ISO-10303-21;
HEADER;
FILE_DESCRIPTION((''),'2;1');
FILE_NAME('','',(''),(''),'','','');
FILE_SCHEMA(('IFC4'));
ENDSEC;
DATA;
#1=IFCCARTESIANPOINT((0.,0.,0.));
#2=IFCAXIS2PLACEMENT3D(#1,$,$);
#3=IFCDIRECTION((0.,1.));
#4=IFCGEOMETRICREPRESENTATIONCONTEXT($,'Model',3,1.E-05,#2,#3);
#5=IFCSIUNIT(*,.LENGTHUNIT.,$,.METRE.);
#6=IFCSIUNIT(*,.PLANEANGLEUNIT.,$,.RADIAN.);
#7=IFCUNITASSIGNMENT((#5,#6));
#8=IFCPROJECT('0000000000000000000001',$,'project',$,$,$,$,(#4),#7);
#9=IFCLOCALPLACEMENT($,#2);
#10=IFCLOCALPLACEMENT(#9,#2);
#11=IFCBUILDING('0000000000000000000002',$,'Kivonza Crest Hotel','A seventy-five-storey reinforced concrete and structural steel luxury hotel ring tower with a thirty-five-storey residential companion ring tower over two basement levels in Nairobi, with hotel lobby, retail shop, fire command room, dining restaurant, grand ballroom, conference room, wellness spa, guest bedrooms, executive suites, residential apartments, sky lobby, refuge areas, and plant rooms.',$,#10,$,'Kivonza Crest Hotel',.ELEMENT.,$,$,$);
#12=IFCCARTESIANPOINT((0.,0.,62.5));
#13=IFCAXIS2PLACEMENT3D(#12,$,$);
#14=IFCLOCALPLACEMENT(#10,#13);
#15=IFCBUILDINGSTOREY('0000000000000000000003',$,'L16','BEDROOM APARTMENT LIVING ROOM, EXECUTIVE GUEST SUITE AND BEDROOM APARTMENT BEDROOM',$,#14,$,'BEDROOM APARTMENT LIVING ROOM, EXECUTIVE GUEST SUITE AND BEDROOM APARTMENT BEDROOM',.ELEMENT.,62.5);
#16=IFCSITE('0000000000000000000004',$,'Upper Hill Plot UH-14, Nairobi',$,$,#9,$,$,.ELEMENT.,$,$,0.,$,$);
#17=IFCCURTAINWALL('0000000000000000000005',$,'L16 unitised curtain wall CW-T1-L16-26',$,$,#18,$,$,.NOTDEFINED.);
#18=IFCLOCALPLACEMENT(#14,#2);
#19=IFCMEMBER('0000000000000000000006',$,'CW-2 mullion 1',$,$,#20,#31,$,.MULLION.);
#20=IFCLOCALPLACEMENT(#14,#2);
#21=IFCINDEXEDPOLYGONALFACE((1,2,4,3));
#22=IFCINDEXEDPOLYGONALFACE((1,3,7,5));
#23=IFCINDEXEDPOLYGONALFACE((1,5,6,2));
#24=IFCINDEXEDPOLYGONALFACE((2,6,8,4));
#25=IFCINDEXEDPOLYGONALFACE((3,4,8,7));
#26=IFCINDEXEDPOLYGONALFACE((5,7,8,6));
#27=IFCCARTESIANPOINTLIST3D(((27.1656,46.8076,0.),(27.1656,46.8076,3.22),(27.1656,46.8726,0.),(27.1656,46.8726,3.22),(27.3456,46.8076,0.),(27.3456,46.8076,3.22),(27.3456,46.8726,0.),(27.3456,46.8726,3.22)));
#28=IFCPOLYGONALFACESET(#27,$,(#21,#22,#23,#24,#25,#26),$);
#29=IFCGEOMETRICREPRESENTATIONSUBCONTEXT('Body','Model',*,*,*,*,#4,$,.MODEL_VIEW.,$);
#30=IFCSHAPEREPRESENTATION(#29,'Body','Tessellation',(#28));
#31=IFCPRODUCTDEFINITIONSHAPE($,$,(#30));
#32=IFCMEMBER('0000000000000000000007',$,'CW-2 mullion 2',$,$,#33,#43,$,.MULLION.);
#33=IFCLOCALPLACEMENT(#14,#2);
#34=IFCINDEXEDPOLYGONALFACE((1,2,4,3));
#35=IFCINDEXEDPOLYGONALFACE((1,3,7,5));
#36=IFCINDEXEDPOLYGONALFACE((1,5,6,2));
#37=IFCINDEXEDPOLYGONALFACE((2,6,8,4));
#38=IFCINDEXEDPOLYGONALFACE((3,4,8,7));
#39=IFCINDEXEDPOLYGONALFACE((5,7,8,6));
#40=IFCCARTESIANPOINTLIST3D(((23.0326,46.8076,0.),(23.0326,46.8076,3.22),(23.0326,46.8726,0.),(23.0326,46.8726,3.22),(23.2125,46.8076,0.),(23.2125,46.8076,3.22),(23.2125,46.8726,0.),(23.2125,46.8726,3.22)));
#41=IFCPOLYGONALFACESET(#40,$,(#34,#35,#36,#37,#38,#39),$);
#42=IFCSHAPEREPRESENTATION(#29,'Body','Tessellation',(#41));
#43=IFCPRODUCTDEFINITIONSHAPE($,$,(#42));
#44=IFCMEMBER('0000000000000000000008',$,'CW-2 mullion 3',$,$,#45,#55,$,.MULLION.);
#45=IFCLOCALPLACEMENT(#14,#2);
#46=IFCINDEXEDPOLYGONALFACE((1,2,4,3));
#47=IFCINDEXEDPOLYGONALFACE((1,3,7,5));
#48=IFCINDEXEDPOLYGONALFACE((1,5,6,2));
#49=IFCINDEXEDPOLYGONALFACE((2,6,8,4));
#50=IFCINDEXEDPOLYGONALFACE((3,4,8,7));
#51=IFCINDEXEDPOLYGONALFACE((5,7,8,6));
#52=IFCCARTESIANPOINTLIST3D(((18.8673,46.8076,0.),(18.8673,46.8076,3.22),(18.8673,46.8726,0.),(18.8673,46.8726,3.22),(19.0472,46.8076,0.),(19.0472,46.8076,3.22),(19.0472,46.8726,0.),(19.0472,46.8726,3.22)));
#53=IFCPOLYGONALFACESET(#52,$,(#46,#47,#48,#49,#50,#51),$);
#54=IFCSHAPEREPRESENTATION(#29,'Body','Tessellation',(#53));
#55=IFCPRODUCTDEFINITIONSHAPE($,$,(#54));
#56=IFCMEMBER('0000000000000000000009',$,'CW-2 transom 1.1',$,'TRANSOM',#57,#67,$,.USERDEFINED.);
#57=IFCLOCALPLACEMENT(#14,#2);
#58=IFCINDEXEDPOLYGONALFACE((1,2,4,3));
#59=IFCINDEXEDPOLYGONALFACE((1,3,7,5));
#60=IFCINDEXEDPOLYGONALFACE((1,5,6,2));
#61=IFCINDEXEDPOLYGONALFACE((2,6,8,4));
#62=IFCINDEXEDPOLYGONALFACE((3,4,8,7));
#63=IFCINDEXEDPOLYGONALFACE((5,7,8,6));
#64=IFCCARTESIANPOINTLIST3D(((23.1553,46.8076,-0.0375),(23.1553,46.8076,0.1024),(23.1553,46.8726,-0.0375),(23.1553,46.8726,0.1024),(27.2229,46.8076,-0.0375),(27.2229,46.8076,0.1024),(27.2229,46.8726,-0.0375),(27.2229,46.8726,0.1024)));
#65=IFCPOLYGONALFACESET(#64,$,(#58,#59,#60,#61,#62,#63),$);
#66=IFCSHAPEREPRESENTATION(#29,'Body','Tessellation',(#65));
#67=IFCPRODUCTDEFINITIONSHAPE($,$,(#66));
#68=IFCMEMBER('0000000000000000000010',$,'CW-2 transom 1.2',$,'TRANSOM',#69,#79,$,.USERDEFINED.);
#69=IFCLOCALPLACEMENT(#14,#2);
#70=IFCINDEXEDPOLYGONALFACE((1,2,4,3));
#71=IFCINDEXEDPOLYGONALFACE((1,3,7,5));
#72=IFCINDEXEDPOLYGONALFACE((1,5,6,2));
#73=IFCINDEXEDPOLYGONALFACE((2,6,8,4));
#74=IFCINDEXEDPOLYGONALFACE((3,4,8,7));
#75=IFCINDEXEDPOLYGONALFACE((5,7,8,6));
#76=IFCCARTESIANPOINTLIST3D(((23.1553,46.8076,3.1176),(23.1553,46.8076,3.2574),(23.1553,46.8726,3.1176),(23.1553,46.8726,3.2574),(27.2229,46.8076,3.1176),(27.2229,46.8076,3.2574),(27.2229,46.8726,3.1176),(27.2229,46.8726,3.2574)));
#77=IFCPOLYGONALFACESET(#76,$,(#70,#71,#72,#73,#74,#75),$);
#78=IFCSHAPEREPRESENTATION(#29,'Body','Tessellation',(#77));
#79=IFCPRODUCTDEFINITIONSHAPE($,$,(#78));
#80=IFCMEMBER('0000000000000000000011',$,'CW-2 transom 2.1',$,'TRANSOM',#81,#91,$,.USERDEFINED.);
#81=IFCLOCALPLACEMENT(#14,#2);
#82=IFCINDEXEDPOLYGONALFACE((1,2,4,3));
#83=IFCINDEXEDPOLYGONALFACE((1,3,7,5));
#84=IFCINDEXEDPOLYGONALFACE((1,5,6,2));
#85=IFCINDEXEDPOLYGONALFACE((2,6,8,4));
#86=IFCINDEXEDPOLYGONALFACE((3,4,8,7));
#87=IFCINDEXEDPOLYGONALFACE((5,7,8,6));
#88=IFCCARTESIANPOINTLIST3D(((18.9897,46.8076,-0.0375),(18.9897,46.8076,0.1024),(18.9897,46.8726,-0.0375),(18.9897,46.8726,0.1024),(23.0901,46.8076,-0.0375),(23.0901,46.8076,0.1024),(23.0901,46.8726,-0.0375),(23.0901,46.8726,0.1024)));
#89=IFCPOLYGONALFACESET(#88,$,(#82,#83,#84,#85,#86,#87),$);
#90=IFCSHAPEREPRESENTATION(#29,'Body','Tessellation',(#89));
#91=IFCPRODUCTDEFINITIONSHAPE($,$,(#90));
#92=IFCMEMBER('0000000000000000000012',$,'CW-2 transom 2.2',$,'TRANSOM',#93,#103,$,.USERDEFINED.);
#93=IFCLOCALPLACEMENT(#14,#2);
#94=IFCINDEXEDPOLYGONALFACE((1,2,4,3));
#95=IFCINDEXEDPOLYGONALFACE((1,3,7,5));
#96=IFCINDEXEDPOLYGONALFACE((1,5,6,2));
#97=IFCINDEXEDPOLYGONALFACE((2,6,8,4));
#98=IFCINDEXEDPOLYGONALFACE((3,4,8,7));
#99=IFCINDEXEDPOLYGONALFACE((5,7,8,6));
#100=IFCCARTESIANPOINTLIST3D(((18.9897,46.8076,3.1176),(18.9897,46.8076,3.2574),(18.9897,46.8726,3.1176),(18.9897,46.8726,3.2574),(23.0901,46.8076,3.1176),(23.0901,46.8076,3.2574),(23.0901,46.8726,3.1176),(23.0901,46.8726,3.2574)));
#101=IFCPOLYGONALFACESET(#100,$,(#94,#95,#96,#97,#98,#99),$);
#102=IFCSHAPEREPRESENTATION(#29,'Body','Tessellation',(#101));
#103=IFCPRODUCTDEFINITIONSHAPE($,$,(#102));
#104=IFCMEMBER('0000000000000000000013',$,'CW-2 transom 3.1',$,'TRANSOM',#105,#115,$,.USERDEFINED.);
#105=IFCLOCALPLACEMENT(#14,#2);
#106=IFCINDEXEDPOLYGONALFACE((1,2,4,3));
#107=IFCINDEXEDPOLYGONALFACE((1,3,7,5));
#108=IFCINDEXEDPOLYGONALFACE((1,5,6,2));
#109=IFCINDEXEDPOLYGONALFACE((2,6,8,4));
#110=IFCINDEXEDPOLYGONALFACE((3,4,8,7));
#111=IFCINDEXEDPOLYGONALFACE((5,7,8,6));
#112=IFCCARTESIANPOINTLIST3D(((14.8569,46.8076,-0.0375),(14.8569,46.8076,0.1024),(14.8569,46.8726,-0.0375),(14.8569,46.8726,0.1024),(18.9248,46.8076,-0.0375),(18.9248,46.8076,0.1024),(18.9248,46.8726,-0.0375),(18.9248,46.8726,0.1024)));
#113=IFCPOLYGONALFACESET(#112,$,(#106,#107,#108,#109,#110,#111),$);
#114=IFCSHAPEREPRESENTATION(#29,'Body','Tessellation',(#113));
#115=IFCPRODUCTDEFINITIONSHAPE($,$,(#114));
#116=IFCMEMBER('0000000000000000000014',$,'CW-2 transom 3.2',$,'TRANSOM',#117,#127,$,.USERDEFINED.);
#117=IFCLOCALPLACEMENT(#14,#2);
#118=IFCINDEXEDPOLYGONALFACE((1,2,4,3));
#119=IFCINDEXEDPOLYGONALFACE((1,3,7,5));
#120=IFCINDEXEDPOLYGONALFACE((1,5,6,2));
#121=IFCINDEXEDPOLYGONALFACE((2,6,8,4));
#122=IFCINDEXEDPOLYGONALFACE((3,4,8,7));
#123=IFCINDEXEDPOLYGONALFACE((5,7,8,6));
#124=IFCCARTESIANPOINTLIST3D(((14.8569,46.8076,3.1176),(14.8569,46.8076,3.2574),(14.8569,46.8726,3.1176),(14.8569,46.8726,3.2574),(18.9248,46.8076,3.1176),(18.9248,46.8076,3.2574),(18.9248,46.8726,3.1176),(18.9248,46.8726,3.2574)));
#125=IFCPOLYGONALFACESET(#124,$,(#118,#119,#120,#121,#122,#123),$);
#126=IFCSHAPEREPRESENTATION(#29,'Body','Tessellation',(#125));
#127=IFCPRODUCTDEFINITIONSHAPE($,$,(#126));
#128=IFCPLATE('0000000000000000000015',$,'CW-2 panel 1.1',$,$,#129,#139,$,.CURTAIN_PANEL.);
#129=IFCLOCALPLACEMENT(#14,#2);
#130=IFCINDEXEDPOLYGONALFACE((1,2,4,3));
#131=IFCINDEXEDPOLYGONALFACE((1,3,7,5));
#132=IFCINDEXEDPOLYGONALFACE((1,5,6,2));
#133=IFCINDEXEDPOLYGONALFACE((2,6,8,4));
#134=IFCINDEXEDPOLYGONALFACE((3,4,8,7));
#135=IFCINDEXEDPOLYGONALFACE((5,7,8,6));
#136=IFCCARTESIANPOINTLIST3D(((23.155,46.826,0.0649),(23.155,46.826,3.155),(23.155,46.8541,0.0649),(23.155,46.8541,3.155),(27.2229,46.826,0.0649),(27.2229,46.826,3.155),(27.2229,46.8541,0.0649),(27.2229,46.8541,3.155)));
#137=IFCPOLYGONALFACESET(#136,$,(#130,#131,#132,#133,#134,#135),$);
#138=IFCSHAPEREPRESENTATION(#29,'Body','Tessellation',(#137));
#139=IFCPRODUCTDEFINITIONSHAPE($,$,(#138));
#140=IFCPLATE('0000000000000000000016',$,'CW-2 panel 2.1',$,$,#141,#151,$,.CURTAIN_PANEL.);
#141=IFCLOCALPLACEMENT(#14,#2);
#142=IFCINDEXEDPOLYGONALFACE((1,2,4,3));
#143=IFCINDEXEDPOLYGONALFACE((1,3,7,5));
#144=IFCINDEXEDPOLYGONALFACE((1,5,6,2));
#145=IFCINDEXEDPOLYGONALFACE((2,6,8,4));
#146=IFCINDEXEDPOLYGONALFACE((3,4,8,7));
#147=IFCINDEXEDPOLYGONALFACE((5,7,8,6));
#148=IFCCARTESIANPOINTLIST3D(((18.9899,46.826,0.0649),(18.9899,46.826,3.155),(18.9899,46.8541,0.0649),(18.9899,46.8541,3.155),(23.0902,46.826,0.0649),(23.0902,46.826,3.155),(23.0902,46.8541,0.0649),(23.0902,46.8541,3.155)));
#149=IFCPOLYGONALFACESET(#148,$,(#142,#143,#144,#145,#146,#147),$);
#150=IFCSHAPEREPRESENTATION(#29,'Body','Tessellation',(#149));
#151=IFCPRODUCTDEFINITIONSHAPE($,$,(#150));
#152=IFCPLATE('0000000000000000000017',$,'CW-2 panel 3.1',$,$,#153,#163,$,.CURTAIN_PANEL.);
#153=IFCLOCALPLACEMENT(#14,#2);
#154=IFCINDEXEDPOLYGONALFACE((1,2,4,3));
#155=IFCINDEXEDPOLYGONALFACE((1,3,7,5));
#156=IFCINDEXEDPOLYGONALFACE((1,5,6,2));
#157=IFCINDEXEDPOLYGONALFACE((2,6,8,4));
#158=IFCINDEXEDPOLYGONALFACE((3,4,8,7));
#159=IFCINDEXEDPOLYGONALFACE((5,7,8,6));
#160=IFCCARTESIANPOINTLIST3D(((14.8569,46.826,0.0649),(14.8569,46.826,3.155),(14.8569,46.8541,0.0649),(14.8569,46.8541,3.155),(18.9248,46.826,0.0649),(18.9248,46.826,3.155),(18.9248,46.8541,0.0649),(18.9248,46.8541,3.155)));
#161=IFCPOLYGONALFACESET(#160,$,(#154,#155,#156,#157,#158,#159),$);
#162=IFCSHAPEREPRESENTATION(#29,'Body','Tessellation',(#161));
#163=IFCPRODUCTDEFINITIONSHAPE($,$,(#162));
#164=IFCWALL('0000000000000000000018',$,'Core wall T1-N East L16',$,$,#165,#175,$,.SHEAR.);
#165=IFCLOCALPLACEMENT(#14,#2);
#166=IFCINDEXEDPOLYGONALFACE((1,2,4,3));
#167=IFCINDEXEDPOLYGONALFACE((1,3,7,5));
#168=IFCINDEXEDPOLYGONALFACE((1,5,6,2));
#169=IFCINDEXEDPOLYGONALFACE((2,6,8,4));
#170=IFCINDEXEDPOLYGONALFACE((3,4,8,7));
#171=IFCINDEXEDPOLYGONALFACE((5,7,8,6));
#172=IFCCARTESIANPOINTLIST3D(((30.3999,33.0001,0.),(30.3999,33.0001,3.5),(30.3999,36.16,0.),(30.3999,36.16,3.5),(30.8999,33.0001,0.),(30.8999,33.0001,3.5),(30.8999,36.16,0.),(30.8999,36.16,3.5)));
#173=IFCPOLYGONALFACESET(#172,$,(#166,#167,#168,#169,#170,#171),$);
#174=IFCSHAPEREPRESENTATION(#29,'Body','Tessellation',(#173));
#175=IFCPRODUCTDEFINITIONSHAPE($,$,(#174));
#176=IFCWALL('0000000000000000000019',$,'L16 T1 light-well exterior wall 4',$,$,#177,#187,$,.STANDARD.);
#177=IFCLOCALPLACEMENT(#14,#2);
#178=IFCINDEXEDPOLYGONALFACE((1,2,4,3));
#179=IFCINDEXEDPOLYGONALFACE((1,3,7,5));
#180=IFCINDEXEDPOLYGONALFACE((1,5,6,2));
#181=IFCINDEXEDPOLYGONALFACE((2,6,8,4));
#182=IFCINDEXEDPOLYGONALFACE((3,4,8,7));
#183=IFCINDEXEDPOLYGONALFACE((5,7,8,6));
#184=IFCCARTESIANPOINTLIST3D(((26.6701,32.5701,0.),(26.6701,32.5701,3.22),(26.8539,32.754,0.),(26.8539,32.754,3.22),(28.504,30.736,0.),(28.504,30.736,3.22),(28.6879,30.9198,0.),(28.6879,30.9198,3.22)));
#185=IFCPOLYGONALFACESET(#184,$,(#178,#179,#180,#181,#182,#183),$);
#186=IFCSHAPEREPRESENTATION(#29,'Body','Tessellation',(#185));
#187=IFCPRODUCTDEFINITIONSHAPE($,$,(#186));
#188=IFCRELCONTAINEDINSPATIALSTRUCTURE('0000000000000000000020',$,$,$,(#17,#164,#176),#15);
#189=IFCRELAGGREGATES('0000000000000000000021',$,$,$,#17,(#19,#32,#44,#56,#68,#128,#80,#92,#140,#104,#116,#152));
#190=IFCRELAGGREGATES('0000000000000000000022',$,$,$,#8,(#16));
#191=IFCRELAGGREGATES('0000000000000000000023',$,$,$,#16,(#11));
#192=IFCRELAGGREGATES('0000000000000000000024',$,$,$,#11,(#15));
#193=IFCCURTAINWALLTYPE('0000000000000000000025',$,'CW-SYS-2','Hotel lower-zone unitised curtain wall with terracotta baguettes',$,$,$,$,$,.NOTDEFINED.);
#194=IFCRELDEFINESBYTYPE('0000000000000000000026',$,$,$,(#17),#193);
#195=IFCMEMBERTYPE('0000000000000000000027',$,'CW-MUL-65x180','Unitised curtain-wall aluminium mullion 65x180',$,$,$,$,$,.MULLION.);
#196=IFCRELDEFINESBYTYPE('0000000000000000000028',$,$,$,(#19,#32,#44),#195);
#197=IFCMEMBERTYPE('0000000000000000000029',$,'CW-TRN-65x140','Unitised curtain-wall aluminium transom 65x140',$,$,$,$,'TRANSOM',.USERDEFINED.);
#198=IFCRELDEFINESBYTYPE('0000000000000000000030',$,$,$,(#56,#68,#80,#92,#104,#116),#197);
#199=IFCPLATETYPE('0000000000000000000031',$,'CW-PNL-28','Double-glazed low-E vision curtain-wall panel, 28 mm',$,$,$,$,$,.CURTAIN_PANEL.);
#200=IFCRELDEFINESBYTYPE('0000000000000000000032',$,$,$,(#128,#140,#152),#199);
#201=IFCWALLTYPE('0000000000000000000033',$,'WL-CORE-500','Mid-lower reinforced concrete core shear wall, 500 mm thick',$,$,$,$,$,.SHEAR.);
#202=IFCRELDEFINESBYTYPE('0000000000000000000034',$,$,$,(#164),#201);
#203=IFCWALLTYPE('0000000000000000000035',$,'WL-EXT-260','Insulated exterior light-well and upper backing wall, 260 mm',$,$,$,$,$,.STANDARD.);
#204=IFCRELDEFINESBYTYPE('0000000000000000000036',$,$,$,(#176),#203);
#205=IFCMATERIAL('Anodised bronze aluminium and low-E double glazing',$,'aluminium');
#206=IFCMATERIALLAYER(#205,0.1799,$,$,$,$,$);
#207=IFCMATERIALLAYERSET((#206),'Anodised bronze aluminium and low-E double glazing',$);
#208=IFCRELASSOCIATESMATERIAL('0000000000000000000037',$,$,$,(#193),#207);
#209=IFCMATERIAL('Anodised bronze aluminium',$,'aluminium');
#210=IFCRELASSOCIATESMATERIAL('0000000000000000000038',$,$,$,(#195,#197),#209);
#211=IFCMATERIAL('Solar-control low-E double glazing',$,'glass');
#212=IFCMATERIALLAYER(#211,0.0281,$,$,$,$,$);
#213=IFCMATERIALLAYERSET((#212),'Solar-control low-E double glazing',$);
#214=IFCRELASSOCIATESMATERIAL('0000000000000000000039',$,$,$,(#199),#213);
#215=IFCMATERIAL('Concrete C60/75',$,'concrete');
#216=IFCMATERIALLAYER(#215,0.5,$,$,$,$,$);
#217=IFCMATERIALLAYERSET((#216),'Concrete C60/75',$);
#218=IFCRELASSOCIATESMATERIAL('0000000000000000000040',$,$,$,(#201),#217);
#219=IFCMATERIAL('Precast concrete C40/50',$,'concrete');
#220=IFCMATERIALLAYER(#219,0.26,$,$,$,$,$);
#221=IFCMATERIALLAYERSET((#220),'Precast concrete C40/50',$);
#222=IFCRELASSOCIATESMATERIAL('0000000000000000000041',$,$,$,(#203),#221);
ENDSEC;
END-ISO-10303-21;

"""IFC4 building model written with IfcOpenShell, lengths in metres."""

from ifc_helpers import new_model, si_unit, direction, frame, frame_2d, origin, origin_2d, place, context, subcontext, project, spatial, rectangle, extrude, material, layer, layer_set, material_profile, profile_set, type_object, element, aggregate, save


model = new_model("IFC4")

# Units and contexts
model_context = context("Model", 3, precision=1e-05, world=origin(), true_north=direction((0.0, 1.0)))
body_context = subcontext(model_context, "Body", "Model", "MODEL_VIEW")
ifc_project = project(units=[si_unit("LENGTHUNIT", "METRE"), si_unit("PLANEANGLEUNIT", "RADIAN")], contexts=[model_context])

# Site, building, storey
site_placement = place(None, origin())
site = spatial("IfcSite", under=ifc_project, at=site_placement, Name="Upper Hill Plot UH-14, Nairobi", CompositionType="ELEMENT", RefElevation=0.0)
building_placement = place(site_placement, origin())
building = spatial("IfcBuilding", under=site, at=building_placement, Name="Kivonza Crest Hotel", Description="A seventy-five-storey reinforced concrete and structural steel luxury hotel ring tower with a thirty-five-storey residential companion ring tower over two basement levels in Nairobi, with hotel lobby, retail shop, fire command room, dining restaurant, grand ballroom, conference room, wellness spa, guest bedrooms, executive suites, residential apartments, sky lobby, refuge areas, and plant rooms.", LongName="Kivonza Crest Hotel", CompositionType="ELEMENT")
storey_placement = place(building_placement, frame((0.0, 0.0, 62.5)))
storey = spatial("IfcBuildingStorey", under=building, at=storey_placement, Name="L16", Description="BEDROOM APARTMENT LIVING ROOM, EXECUTIVE GUEST SUITE AND BEDROOM APARTMENT BEDROOM", LongName="BEDROOM APARTMENT LIVING ROOM, EXECUTIVE GUEST SUITE AND BEDROOM APARTMENT BEDROOM", CompositionType="ELEMENT", Elevation=62.5)

# Shared definitions
ifc_material_1 = material(Name="Concrete C60/75", Category="concrete")

# Curtain wall, members, plates
ifc_material_2 = material(Name="Anodised bronze aluminium and low-E double glazing", Category="aluminium")
ifc_layer_1 = layer(ifc_material_2, 0.1799)
ifc_layer_set_1 = layer_set([ifc_layer_1], Name="Anodised bronze aluminium and low-E double glazing")
curtain_wall_type = type_object("IfcCurtainWallType", Name="CW-SYS-2", Description="Hotel lower-zone unitised curtain wall with terracotta baguettes", PredefinedType="NOTDEFINED", material=ifc_layer_set_1)
curtain_wall_placement = place(storey_placement, origin())
curtain_wall = element("IfcCurtainWall", 1, at=curtain_wall_placement, inside=storey, type_object=curtain_wall_type, Name="L16 unitised curtain wall CW-T1-L16-26", PredefinedType="NOTDEFINED")
ifc_material_3 = material(Name="Anodised bronze aluminium", Category="aluminium")
ifc_material_profile_1 = material_profile(ifc_material_3, rectangle(XDim=0.0649, YDim=0.1799, at=origin_2d()), Name="CW-M 65x180")
ifc_profile_set_1 = profile_set([ifc_material_profile_1], Name="Anodised bronze aluminium")
member_type_1 = type_object("IfcMemberType", Name="CW-MUL-65x180", Description="Unitised curtain-wall aluminium mullion 65x180", PredefinedType="MULLION", material=ifc_profile_set_1)
member_1_placement = place(storey_placement, frame((27.2556, 46.8401, 0.0), z_axis=(0.0, 0.0, 1.0), x_axis=(0.0, -1.0, 0.0)))
member_1 = element("IfcMember", 2, at=member_1_placement, type_object=member_type_1, Name="CW-2 mullion 1", PredefinedType="MULLION", context=body_context, shape_type="SweptSolid", body=[
    extrude(rectangle(XDim=0.0649, YDim=0.1799, at=origin_2d()), origin(), (0.0, 0.0, 1.0), 3.22),
])
member_2_placement = place(storey_placement, frame((23.1226, 46.8401, 0.0), z_axis=(0.0, 0.0, 1.0), x_axis=(0.0, -1.0, 0.0)))
member_2 = element("IfcMember", 3, at=member_2_placement, type_object=member_type_1, Name="CW-2 mullion 2", PredefinedType="MULLION", context=body_context, shape_type="SweptSolid", body=[
    extrude(rectangle(XDim=0.0649, YDim=0.1799, at=origin_2d()), origin(), (0.0, 0.0, 1.0), 3.22),
])
member_3_placement = place(storey_placement, frame((18.9573, 46.8401, 0.0), z_axis=(0.0, 0.0, 1.0), x_axis=(0.0, -1.0, 0.0)))
member_3 = element("IfcMember", 4, at=member_3_placement, type_object=member_type_1, Name="CW-2 mullion 3", PredefinedType="MULLION", context=body_context, shape_type="SweptSolid", body=[
    extrude(rectangle(XDim=0.0649, YDim=0.1799, at=origin_2d()), origin(), (0.0, 0.0, 1.0), 3.22),
])
ifc_material_profile_2 = material_profile(ifc_material_3, rectangle(XDim=0.0649, YDim=0.1399, at=origin_2d()), Name="CW-T 65x140")
ifc_profile_set_2 = profile_set([ifc_material_profile_2], Name="Anodised bronze aluminium")
member_type_2 = type_object("IfcMemberType", Name="CW-TRN-65x140", Description="Unitised curtain-wall aluminium transom 65x140", ElementType="TRANSOM", PredefinedType="USERDEFINED", material=ifc_profile_set_2)
member_4_placement = place(storey_placement, frame((27.2229, 46.8401, 0.0325), z_axis=(-1.0, 0.0, 0.0), x_axis=(0.0, -1.0, 0.0)))
member_4 = element("IfcMember", 5, at=member_4_placement, type_object=member_type_2, Name="CW-2 transom 1.1", ObjectType="TRANSOM", PredefinedType="USERDEFINED", context=body_context, shape_type="SweptSolid", body=[
    extrude(rectangle(XDim=0.0649, YDim=0.1399, at=origin_2d()), origin(), (0.0, 0.0, 1.0), 4.0676),
])
member_5_placement = place(storey_placement, frame((27.2229, 46.8401, 3.1875), z_axis=(-1.0, 0.0, 0.0), x_axis=(0.0, -1.0, 0.0)))
member_5 = element("IfcMember", 6, at=member_5_placement, type_object=member_type_2, Name="CW-2 transom 1.2", ObjectType="TRANSOM", PredefinedType="USERDEFINED", context=body_context, shape_type="SweptSolid", body=[
    extrude(rectangle(XDim=0.0649, YDim=0.1399, at=origin_2d()), origin(), (0.0, 0.0, 1.0), 4.0676),
])
member_6_placement = place(storey_placement, frame((23.0901, 46.8401, 0.0325), z_axis=(-1.0, 0.0, 0.0), x_axis=(0.0, -1.0, 0.0)))
member_6 = element("IfcMember", 7, at=member_6_placement, type_object=member_type_2, Name="CW-2 transom 2.1", ObjectType="TRANSOM", PredefinedType="USERDEFINED", context=body_context, shape_type="SweptSolid", body=[
    extrude(rectangle(XDim=0.0649, YDim=0.1399, at=origin_2d()), origin(), (0.0, 0.0, 1.0), 4.1003),
])
member_7_placement = place(storey_placement, frame((23.0901, 46.8401, 3.1875), z_axis=(-1.0, 0.0, 0.0), x_axis=(0.0, -1.0, 0.0)))
member_7 = element("IfcMember", 8, at=member_7_placement, type_object=member_type_2, Name="CW-2 transom 2.2", ObjectType="TRANSOM", PredefinedType="USERDEFINED", context=body_context, shape_type="SweptSolid", body=[
    extrude(rectangle(XDim=0.0649, YDim=0.1399, at=origin_2d()), origin(), (0.0, 0.0, 1.0), 4.1003),
])
member_8_placement = place(storey_placement, frame((18.9248, 46.8401, 0.0325), z_axis=(-1.0, 0.0, 0.0), x_axis=(0.0, -1.0, 0.0)))
member_8 = element("IfcMember", 9, at=member_8_placement, type_object=member_type_2, Name="CW-2 transom 3.1", ObjectType="TRANSOM", PredefinedType="USERDEFINED", context=body_context, shape_type="SweptSolid", body=[
    extrude(rectangle(XDim=0.0649, YDim=0.1399, at=origin_2d()), origin(), (0.0, 0.0, 1.0), 4.0679),
])
member_9_placement = place(storey_placement, frame((18.9248, 46.8401, 3.1875), z_axis=(-1.0, 0.0, 0.0), x_axis=(0.0, -1.0, 0.0)))
member_9 = element("IfcMember", 10, at=member_9_placement, type_object=member_type_2, Name="CW-2 transom 3.2", ObjectType="TRANSOM", PredefinedType="USERDEFINED", context=body_context, shape_type="SweptSolid", body=[
    extrude(rectangle(XDim=0.0649, YDim=0.1399, at=origin_2d()), origin(), (0.0, 0.0, 1.0), 4.0679),
])
ifc_material_4 = material(Name="Solar-control low-E double glazing", Category="glass")
ifc_layer_2 = layer(ifc_material_4, 0.0281)
ifc_layer_set_2 = layer_set([ifc_layer_2], Name="Solar-control low-E double glazing")
plate_type = type_object("IfcPlateType", Name="CW-PNL-28", Description="Double-glazed low-E vision curtain-wall panel, 28 mm", PredefinedType="CURTAIN_PANEL", material=ifc_layer_set_2)
plate_1_placement = place(storey_placement, frame((25.189, 46.8401, 0.0649), z_axis=(0.0, 0.0, 1.0), x_axis=(-1.0, 0.0, 0.0)))
plate_1 = element("IfcPlate", 11, at=plate_1_placement, type_object=plate_type, Name="CW-2 panel 1.1", PredefinedType="CURTAIN_PANEL", context=body_context, shape_type="SweptSolid", body=[
    extrude(rectangle(XDim=4.0679, YDim=0.0281, at=origin_2d()), origin(), (0.0, 0.0, 1.0), 3.0901),
])
plate_2_placement = place(storey_placement, frame((21.04, 46.8401, 0.0649), z_axis=(0.0, 0.0, 1.0), x_axis=(-1.0, 0.0, 0.0)))
plate_2 = element("IfcPlate", 12, at=plate_2_placement, type_object=plate_type, Name="CW-2 panel 2.1", PredefinedType="CURTAIN_PANEL", context=body_context, shape_type="SweptSolid", body=[
    extrude(rectangle(XDim=4.1003, YDim=0.0281, at=origin_2d()), origin(), (0.0, 0.0, 1.0), 3.0901),
])
plate_3_placement = place(storey_placement, frame((16.8909, 46.8401, 0.0649), z_axis=(0.0, 0.0, 1.0), x_axis=(-1.0, 0.0, 0.0)))
plate_3 = element("IfcPlate", 13, at=plate_3_placement, type_object=plate_type, Name="CW-2 panel 3.1", PredefinedType="CURTAIN_PANEL", context=body_context, shape_type="SweptSolid", body=[
    extrude(rectangle(XDim=4.0679, YDim=0.0281, at=origin_2d()), origin(), (0.0, 0.0, 1.0), 3.0901),
])
aggregate(curtain_wall, [member_1, member_2, member_3, member_4, member_5, plate_1, member_6, member_7, plate_2, member_8, member_9, plate_3])

# Walls
ifc_layer_3 = layer(ifc_material_1, 0.5)
ifc_layer_set_3 = layer_set([ifc_layer_3], Name="Concrete C60/75")
wall_type_1 = type_object("IfcWallType", Name="WL-CORE-500", Description="Mid-lower reinforced concrete core shear wall, 500 mm thick", PredefinedType="SHEAR", material=ifc_layer_set_3)
wall_1_placement = place(storey_placement, frame((30.6499, 33.0, 0.0), z_axis=(0.0, 0.0, 1.0), x_axis=(0.0, 1.0, 0.0)))
element("IfcWall", 14, at=wall_1_placement, inside=storey, type_object=wall_type_1, Name="Core wall T1-N East L16", PredefinedType="SHEAR", context=body_context, shape_type="SweptSolid", body=[
    extrude(rectangle(XDim=3.1599, YDim=0.5, at=frame_2d((1.5801, 0.0))), origin(), (0.0, 0.0, 1.0), 3.5),
])
ifc_material_5 = material(Name="Precast concrete C40/50", Category="concrete")
ifc_layer_4 = layer(ifc_material_5, 0.26)
ifc_layer_set_4 = layer_set([ifc_layer_4], Name="Precast concrete C40/50")
wall_type_2 = type_object("IfcWallType", Name="WL-EXT-260", Description="Insulated exterior light-well and upper backing wall, 260 mm", PredefinedType="STANDARD", material=ifc_layer_set_4)
wall_2_placement = place(storey_placement, frame((28.5959, 30.8279, 0.0), z_axis=(0.0, 0.0, 1.0), x_axis=(-0.70706, 0.707154, 0.0)))
element("IfcWall", 15, at=wall_2_placement, inside=storey, type_object=wall_type_2, Name="L16 T1 light-well exterior wall 4", PredefinedType="STANDARD", context=body_context, shape_type="SweptSolid", body=[
    extrude(rectangle(XDim=2.5938, YDim=0.26, at=frame_2d((1.2969, 0.0))), origin(), (0.0, 0.0, 1.0), 3.22),
])

save(model, "model.ifc")
